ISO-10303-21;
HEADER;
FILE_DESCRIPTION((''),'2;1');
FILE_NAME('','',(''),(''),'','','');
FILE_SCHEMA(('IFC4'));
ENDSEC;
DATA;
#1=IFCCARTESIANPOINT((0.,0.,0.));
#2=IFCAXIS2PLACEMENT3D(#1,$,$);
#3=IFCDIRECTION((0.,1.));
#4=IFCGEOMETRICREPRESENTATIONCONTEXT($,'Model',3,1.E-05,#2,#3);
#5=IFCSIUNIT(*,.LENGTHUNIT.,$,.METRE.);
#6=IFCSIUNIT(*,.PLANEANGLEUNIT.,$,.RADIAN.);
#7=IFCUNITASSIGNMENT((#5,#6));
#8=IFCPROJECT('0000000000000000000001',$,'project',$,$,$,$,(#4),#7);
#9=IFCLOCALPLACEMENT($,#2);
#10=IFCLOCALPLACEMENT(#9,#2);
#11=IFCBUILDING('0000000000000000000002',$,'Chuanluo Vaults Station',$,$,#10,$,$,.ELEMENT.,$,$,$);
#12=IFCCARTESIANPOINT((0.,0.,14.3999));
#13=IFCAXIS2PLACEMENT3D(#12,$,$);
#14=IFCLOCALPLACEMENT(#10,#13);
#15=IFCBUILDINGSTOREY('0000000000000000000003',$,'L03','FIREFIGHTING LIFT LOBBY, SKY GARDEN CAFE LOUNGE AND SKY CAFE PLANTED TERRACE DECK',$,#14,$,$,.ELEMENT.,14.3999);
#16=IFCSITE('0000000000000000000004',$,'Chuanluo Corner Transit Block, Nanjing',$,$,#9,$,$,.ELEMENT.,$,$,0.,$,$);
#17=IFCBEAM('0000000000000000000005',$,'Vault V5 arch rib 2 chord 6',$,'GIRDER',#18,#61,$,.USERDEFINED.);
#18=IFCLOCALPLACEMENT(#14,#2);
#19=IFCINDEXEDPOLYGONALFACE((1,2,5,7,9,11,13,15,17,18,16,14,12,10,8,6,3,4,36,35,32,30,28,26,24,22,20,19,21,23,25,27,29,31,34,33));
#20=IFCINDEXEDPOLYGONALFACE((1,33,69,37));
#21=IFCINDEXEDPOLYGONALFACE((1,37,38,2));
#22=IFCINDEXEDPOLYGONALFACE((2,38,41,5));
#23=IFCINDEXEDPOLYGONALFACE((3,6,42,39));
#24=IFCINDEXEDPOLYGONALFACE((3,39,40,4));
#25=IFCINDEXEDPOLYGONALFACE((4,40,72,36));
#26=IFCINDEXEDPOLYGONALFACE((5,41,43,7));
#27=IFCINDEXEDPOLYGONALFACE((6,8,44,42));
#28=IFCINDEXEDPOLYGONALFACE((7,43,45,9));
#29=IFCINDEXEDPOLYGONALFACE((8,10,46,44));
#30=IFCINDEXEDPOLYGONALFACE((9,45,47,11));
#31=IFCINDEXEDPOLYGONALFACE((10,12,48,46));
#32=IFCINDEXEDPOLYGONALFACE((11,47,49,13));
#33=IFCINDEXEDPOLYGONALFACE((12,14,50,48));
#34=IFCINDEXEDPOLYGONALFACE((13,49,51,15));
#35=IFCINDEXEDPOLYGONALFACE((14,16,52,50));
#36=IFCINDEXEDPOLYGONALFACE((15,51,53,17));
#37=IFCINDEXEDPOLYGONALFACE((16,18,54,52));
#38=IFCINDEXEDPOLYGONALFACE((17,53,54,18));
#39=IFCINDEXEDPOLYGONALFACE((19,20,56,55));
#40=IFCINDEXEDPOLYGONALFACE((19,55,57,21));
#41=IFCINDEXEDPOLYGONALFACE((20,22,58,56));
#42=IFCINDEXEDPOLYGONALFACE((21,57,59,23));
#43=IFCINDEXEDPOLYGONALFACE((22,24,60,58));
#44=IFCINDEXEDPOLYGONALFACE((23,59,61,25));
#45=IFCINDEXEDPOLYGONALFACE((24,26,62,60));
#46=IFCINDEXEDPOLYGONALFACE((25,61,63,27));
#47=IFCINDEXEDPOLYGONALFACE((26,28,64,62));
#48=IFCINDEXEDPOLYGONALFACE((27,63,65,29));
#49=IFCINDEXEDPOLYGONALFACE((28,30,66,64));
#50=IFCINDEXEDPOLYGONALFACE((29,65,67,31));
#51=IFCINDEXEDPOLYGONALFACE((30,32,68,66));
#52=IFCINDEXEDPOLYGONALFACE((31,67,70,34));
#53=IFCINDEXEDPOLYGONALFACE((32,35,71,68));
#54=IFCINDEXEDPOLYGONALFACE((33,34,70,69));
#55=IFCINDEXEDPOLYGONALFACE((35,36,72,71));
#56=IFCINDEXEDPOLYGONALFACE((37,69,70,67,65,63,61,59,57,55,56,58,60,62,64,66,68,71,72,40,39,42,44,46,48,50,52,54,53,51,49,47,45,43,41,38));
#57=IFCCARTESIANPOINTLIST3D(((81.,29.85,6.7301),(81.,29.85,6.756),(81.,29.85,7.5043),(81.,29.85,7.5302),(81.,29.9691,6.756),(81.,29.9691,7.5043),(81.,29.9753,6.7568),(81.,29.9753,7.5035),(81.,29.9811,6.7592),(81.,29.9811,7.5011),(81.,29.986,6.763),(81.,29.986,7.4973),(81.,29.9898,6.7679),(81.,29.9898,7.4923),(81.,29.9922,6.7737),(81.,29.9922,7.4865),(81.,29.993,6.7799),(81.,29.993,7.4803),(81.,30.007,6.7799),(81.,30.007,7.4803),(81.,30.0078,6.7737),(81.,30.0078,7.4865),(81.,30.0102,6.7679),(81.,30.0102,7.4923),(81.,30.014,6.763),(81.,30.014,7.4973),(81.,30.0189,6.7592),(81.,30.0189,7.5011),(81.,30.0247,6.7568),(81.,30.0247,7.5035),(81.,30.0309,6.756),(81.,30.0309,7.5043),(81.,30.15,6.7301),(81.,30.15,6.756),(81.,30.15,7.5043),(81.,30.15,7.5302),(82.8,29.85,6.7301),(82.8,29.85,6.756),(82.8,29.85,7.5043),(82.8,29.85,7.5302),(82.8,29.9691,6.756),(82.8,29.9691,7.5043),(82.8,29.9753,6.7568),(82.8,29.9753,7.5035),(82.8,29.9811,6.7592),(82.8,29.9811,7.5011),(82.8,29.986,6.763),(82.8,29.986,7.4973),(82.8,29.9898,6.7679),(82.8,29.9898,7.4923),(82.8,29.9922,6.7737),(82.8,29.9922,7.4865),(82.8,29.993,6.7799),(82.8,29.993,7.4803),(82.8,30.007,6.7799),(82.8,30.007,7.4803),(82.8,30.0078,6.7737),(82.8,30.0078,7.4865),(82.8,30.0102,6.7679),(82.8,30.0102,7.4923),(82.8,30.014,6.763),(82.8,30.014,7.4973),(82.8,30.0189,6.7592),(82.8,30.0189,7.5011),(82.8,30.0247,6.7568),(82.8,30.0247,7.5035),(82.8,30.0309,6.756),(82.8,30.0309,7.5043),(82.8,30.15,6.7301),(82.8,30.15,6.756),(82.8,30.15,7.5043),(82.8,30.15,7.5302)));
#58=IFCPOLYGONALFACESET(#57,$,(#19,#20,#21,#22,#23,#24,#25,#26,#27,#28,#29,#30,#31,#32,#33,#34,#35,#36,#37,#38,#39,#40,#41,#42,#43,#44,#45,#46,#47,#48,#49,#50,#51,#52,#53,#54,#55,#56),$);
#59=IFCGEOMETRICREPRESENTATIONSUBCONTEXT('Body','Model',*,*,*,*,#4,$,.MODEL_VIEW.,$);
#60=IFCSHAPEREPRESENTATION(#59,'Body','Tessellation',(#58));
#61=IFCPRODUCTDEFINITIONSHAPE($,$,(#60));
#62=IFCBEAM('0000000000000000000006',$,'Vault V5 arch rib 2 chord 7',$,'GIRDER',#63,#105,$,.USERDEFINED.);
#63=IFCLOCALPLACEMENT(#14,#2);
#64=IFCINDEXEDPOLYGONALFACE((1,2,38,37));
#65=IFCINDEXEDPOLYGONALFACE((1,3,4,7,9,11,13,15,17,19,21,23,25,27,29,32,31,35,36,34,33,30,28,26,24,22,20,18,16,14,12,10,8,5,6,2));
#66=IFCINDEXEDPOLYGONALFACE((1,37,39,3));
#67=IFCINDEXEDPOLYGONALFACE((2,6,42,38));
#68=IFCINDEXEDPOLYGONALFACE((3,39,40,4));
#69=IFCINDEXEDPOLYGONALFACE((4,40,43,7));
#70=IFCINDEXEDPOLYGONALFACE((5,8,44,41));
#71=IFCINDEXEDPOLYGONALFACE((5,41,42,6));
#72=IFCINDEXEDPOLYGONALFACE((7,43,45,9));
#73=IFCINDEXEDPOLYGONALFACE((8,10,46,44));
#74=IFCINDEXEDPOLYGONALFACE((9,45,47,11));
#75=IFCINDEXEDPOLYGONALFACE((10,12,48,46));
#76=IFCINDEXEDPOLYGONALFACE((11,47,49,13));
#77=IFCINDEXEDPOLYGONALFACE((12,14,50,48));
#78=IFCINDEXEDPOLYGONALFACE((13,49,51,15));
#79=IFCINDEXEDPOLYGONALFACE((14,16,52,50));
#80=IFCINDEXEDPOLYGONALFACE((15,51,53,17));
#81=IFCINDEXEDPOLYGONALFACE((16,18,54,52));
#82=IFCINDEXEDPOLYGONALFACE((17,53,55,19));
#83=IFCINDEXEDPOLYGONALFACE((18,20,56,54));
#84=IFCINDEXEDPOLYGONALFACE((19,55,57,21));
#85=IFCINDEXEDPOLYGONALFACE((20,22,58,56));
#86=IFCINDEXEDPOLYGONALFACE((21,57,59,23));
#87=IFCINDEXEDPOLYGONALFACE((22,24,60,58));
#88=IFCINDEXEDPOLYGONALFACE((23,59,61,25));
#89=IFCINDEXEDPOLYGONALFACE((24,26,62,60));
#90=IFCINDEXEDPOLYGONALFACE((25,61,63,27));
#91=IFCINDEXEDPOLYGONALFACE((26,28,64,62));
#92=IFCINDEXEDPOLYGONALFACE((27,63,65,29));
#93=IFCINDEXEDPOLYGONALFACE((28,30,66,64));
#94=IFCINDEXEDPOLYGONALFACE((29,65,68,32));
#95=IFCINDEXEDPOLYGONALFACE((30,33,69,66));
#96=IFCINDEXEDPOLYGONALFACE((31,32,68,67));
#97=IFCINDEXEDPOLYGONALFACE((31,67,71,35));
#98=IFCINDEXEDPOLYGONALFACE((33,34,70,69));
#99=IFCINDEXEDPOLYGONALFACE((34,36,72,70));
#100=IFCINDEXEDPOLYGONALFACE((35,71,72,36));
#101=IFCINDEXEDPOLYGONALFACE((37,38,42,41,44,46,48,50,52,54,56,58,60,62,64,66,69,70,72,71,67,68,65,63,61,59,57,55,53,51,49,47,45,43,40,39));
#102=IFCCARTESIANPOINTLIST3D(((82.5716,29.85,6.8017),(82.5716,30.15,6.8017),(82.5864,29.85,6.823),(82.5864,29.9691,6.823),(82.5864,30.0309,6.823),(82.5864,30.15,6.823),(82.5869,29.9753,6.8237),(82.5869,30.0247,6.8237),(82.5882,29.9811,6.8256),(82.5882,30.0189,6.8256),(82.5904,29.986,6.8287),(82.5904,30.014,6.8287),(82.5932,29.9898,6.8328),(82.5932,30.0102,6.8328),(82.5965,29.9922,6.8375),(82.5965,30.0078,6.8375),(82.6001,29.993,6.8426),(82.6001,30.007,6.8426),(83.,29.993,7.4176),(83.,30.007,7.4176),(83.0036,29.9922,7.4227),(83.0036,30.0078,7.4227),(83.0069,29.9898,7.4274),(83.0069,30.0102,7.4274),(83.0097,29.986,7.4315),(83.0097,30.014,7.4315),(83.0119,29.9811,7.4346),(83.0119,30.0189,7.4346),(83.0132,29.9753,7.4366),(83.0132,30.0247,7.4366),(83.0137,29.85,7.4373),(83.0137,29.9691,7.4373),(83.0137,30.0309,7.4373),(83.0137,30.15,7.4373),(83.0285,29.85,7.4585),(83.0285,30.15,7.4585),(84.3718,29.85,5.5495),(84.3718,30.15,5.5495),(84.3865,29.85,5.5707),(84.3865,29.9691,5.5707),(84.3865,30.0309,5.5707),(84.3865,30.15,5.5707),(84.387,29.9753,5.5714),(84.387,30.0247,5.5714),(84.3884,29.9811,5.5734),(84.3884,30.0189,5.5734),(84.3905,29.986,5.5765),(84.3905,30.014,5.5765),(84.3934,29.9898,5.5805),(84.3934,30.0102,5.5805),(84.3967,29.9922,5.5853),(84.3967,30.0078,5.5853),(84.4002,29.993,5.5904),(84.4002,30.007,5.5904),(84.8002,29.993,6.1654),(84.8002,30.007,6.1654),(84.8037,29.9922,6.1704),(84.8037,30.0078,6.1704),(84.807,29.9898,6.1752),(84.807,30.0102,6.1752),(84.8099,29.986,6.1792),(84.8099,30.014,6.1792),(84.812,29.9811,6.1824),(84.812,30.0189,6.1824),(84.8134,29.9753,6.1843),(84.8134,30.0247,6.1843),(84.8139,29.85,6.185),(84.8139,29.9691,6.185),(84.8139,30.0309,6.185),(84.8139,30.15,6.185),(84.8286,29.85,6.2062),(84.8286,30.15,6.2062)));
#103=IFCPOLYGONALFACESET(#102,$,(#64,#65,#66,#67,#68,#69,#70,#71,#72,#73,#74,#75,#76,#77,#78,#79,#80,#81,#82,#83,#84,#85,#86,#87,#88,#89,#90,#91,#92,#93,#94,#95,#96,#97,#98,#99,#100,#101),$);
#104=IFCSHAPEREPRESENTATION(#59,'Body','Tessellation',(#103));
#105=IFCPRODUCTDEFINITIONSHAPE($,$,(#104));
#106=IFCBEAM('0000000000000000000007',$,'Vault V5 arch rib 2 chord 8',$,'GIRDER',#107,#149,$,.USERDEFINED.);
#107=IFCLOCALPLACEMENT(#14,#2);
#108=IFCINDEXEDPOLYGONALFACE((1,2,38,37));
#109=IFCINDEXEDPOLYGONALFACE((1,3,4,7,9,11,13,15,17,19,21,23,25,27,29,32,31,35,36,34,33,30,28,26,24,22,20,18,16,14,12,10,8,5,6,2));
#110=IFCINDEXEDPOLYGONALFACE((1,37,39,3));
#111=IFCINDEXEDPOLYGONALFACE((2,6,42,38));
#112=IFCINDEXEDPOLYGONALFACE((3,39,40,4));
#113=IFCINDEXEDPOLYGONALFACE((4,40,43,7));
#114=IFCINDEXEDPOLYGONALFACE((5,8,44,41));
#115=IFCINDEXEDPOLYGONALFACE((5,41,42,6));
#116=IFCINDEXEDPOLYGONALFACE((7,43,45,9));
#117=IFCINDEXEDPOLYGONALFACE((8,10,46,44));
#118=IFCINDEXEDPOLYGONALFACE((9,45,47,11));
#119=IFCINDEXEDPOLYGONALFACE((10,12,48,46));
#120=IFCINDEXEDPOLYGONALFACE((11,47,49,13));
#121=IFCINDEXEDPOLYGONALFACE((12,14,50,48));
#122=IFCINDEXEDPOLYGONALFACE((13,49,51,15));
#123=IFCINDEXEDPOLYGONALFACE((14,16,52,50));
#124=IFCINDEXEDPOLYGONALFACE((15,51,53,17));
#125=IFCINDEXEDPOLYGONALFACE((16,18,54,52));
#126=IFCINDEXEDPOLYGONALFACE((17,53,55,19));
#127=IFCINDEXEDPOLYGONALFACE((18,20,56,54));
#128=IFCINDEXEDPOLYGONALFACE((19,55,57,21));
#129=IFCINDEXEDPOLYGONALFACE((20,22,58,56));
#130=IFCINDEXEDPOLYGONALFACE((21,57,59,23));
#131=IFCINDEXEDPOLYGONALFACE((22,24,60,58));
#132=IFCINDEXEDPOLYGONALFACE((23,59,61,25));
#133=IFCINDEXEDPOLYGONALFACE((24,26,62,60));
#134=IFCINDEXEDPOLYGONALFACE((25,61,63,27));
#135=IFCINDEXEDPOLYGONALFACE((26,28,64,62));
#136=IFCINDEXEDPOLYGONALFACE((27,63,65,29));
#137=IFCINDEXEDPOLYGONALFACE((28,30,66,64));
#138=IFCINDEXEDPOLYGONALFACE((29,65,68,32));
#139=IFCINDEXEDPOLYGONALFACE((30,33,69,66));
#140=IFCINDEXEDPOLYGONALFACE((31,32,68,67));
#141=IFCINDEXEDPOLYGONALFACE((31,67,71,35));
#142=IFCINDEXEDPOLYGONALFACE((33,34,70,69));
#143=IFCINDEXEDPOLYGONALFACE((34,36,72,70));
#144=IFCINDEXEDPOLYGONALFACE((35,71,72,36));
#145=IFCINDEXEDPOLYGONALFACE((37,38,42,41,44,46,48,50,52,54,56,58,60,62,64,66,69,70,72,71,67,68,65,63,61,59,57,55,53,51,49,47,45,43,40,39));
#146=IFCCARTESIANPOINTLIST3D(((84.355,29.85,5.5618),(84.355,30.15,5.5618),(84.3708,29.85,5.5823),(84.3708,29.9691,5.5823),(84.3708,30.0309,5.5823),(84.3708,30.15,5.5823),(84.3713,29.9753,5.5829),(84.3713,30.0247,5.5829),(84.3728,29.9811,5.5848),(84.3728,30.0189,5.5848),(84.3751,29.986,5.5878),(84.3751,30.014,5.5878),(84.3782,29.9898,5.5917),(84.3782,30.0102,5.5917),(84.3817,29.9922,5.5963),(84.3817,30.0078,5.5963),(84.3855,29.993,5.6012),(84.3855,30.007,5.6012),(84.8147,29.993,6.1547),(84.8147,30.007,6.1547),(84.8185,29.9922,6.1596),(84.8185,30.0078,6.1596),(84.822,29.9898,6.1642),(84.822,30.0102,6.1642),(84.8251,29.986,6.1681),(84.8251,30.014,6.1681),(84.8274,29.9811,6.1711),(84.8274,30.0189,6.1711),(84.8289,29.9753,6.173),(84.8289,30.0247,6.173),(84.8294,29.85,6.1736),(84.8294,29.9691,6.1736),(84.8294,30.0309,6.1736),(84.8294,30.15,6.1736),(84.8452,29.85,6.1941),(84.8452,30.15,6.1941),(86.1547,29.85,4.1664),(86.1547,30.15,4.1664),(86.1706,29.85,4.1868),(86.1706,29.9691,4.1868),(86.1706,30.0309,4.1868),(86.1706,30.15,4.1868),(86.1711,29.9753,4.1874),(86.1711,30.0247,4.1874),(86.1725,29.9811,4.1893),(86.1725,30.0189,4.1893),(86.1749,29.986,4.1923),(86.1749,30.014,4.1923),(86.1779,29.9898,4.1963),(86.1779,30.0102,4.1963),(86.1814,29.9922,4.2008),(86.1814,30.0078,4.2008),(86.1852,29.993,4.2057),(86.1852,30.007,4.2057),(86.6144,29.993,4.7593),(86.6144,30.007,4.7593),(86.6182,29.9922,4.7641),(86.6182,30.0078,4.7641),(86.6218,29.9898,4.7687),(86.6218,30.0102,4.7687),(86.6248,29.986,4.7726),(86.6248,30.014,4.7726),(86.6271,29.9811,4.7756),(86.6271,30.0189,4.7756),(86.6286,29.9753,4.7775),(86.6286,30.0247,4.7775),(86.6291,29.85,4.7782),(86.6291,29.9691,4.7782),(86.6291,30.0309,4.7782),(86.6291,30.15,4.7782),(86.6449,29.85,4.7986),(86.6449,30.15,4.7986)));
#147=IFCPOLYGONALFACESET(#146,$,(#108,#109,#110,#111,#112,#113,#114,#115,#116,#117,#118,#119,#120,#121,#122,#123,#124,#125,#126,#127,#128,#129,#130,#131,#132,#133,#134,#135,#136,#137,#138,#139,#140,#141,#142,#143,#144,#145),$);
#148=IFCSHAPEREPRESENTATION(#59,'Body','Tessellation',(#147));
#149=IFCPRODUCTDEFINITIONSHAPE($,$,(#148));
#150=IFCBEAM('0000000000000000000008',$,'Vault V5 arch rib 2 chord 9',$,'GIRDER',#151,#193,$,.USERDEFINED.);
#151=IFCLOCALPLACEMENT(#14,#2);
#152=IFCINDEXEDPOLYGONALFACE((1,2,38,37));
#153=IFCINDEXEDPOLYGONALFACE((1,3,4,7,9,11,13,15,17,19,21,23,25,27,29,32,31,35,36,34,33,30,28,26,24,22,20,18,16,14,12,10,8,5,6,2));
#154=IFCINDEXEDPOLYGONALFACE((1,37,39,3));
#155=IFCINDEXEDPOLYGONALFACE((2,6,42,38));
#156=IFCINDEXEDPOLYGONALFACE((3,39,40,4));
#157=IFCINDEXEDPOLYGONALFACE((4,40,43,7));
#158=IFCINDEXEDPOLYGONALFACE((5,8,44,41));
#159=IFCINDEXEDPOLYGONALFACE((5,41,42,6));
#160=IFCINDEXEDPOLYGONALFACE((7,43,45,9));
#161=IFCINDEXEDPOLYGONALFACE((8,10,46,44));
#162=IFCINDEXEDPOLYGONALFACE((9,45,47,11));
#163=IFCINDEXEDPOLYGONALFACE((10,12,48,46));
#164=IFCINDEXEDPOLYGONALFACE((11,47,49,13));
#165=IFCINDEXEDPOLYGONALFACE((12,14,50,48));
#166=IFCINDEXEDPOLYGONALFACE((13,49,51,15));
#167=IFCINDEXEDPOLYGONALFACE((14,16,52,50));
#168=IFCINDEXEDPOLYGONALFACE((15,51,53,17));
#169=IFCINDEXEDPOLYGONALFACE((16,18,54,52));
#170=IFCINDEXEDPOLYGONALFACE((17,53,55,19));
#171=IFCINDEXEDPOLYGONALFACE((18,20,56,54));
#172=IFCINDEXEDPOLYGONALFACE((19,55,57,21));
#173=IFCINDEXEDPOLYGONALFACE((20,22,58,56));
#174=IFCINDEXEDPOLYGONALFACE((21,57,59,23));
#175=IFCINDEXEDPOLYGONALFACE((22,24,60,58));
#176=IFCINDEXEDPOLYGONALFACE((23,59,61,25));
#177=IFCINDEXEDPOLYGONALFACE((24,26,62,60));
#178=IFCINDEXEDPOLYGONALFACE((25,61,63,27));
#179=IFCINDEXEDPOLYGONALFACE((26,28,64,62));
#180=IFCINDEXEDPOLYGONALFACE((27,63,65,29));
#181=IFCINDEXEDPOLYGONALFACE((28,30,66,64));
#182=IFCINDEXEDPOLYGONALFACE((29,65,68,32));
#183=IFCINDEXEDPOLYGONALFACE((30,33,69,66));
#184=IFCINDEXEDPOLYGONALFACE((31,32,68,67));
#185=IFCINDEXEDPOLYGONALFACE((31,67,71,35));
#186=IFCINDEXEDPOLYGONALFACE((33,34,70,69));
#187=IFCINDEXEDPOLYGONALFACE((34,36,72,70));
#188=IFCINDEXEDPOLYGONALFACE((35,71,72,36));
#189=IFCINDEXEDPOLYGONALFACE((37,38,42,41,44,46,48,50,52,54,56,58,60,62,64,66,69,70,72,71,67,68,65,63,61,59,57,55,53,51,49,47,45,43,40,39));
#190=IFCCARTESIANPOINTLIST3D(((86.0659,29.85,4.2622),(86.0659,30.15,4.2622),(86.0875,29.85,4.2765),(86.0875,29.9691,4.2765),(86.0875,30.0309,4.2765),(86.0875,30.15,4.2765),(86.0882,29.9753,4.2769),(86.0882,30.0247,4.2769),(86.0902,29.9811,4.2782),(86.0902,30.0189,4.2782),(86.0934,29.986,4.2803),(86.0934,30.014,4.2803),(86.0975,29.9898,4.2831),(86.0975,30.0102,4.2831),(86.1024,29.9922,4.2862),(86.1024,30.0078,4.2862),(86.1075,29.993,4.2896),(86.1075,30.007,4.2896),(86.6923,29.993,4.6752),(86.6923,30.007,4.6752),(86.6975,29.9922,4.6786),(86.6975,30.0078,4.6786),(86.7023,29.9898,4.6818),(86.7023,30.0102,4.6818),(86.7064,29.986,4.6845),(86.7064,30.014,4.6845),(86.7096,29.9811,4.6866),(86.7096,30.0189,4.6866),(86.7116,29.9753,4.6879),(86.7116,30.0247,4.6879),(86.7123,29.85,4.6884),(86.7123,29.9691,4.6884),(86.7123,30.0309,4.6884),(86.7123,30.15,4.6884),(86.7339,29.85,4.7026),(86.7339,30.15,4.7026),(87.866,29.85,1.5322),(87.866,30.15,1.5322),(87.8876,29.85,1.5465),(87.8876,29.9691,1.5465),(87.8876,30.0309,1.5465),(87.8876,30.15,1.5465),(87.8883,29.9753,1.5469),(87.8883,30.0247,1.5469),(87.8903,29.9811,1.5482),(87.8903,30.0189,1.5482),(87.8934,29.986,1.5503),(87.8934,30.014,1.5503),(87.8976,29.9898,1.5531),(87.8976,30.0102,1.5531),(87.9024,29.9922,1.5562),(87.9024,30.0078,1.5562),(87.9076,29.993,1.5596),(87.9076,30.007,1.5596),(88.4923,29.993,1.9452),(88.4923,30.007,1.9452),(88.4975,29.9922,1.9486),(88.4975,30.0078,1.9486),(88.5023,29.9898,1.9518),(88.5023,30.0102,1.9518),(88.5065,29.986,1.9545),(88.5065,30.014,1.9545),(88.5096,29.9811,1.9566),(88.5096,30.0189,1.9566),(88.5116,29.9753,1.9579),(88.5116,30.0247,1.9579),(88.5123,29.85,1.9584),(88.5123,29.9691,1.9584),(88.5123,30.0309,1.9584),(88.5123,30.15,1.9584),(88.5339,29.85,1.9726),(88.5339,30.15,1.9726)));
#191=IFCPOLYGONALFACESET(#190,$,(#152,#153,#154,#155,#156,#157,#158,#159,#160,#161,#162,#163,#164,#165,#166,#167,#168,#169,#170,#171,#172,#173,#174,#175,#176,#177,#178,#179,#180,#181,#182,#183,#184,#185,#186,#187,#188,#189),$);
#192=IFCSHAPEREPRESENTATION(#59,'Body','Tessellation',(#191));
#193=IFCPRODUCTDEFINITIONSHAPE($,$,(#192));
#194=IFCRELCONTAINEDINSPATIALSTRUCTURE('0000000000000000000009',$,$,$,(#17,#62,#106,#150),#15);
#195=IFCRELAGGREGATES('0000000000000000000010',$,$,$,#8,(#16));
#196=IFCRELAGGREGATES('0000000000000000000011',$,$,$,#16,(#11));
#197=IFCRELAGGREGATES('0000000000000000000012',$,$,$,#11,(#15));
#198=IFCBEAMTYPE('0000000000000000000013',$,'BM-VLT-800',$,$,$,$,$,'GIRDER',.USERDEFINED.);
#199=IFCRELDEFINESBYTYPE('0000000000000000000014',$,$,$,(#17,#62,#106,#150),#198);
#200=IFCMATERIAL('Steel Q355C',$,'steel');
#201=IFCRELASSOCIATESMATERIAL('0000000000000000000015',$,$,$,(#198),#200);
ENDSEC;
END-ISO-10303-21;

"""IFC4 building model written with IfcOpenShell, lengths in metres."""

from ifc_helpers import new_model, si_unit, direction, frame, origin, origin_2d, place, context, subcontext, project, spatial, i_section, extrude, material, material_profile, profile_set, type_object, element, save


model = new_model("IFC4")

# Units and contexts
model_context = context("Model", 3, precision=1e-05, world=origin(), true_north=direction((0.0, 1.0)))
body_context = subcontext(model_context, "Body", "Model", "MODEL_VIEW")
ifc_project = project(units=[si_unit("LENGTHUNIT", "METRE"), si_unit("PLANEANGLEUNIT", "RADIAN")], contexts=[model_context])

# Site, building, storey
site_placement = place(None, origin())
site = spatial("IfcSite", under=ifc_project, at=site_placement, Name="Chuanluo Corner Transit Block, Nanjing", CompositionType="ELEMENT", RefElevation=0.0)
building_placement = place(site_placement, origin())
building = spatial("IfcBuilding", under=site, at=building_placement, Name="Chuanluo Vaults Station", CompositionType="ELEMENT")
storey_placement = place(building_placement, frame((0.0, 0.0, 14.3999)))
storey = spatial("IfcBuildingStorey", under=building, at=storey_placement, Name="L03", Description="FIREFIGHTING LIFT LOBBY, SKY GARDEN CAFE LOUNGE AND SKY CAFE PLANTED TERRACE DECK", CompositionType="ELEMENT", Elevation=14.3999)

# Beams
ifc_material_1 = material(Name="Steel Q355C", Category="steel")
ifc_material_profile_1 = material_profile(ifc_material_1, i_section(OverallWidth=0.3, OverallDepth=0.8, WebThickness=0.0139, FlangeThickness=0.0259, FilletRadius=0.0239, at=origin_2d()))
ifc_profile_set_1 = profile_set([ifc_material_profile_1], Name="Steel Q355C")
beam_type_1 = type_object("IfcBeamType", Name="BM-VLT-800", ElementType="GIRDER", PredefinedType="USERDEFINED", material=ifc_profile_set_1)
for number, where, z_axis, x_axis, name in (
    (1, (81.0, 30.0, 7.1301), (1.0, 0.0, 0.0), (0.0, 1.0, 0.0), "Vault V5 arch rib 2 chord 6"),
):
    element("IfcBeam", number, at=place(storey_placement, frame(where, z_axis=z_axis, x_axis=x_axis)), inside=storey, type_object=beam_type_1, Name=name, ObjectType="GIRDER", PredefinedType="USERDEFINED", context=body_context, shape_type="SweptSolid", body=[
        extrude(i_section(OverallWidth=0.3, OverallDepth=0.8, WebThickness=0.0139, FlangeThickness=0.0259, FilletRadius=0.0239, at=origin_2d()), origin(), (0.0, 0.0, 1.0), 1.8),
    ])
beam_1_placement = place(storey_placement, frame((82.8, 30.0, 7.1301), z_axis=(0.820907, 0.0, -0.571061), x_axis=(0.0, 1.0, 0.0)))
element("IfcBeam", 2, at=beam_1_placement, inside=storey, type_object=beam_type_1, Name="Vault V5 arch rib 2 chord 7", ObjectType="GIRDER", PredefinedType="USERDEFINED", context=body_context, shape_type="SweptSolid", body=[
    extrude(i_section(OverallWidth=0.3, OverallDepth=0.8, WebThickness=0.0139, FlangeThickness=0.0259, FilletRadius=0.0239, at=origin_2d()), origin(), (0.0, 0.0, 1.0), 2.1929),
])
beam_2_placement = place(storey_placement, frame((84.6001, 30.0, 5.8779), z_axis=(0.790275, 0.0, -0.612752), x_axis=(0.0, 1.0, 0.0)))
element("IfcBeam", 3, at=beam_2_placement, inside=storey, type_object=beam_type_1, Name="Vault V5 arch rib 2 chord 8", ObjectType="GIRDER", PredefinedType="USERDEFINED", context=body_context, shape_type="SweptSolid", body=[
    extrude(i_section(OverallWidth=0.3, OverallDepth=0.8, WebThickness=0.0139, FlangeThickness=0.0259, FilletRadius=0.0239, at=origin_2d()), origin(), (0.0, 0.0, 1.0), 2.2773),
])
beam_3_placement = place(storey_placement, frame((86.3999, 30.0, 4.4824), z_axis=(0.550472, 0.0, -0.834854), x_axis=(0.0, 1.0, 0.0)))
element("IfcBeam", 4, at=beam_3_placement, inside=storey, type_object=beam_type_1, Name="Vault V5 arch rib 2 chord 9", ObjectType="GIRDER", PredefinedType="USERDEFINED", context=body_context, shape_type="SweptSolid", body=[
    extrude(i_section(OverallWidth=0.3, OverallDepth=0.8, WebThickness=0.0139, FlangeThickness=0.0259, FilletRadius=0.0239, at=origin_2d()), origin(), (0.0, 0.0, 1.0), 3.27),
])

save(model, "model.ifc")
